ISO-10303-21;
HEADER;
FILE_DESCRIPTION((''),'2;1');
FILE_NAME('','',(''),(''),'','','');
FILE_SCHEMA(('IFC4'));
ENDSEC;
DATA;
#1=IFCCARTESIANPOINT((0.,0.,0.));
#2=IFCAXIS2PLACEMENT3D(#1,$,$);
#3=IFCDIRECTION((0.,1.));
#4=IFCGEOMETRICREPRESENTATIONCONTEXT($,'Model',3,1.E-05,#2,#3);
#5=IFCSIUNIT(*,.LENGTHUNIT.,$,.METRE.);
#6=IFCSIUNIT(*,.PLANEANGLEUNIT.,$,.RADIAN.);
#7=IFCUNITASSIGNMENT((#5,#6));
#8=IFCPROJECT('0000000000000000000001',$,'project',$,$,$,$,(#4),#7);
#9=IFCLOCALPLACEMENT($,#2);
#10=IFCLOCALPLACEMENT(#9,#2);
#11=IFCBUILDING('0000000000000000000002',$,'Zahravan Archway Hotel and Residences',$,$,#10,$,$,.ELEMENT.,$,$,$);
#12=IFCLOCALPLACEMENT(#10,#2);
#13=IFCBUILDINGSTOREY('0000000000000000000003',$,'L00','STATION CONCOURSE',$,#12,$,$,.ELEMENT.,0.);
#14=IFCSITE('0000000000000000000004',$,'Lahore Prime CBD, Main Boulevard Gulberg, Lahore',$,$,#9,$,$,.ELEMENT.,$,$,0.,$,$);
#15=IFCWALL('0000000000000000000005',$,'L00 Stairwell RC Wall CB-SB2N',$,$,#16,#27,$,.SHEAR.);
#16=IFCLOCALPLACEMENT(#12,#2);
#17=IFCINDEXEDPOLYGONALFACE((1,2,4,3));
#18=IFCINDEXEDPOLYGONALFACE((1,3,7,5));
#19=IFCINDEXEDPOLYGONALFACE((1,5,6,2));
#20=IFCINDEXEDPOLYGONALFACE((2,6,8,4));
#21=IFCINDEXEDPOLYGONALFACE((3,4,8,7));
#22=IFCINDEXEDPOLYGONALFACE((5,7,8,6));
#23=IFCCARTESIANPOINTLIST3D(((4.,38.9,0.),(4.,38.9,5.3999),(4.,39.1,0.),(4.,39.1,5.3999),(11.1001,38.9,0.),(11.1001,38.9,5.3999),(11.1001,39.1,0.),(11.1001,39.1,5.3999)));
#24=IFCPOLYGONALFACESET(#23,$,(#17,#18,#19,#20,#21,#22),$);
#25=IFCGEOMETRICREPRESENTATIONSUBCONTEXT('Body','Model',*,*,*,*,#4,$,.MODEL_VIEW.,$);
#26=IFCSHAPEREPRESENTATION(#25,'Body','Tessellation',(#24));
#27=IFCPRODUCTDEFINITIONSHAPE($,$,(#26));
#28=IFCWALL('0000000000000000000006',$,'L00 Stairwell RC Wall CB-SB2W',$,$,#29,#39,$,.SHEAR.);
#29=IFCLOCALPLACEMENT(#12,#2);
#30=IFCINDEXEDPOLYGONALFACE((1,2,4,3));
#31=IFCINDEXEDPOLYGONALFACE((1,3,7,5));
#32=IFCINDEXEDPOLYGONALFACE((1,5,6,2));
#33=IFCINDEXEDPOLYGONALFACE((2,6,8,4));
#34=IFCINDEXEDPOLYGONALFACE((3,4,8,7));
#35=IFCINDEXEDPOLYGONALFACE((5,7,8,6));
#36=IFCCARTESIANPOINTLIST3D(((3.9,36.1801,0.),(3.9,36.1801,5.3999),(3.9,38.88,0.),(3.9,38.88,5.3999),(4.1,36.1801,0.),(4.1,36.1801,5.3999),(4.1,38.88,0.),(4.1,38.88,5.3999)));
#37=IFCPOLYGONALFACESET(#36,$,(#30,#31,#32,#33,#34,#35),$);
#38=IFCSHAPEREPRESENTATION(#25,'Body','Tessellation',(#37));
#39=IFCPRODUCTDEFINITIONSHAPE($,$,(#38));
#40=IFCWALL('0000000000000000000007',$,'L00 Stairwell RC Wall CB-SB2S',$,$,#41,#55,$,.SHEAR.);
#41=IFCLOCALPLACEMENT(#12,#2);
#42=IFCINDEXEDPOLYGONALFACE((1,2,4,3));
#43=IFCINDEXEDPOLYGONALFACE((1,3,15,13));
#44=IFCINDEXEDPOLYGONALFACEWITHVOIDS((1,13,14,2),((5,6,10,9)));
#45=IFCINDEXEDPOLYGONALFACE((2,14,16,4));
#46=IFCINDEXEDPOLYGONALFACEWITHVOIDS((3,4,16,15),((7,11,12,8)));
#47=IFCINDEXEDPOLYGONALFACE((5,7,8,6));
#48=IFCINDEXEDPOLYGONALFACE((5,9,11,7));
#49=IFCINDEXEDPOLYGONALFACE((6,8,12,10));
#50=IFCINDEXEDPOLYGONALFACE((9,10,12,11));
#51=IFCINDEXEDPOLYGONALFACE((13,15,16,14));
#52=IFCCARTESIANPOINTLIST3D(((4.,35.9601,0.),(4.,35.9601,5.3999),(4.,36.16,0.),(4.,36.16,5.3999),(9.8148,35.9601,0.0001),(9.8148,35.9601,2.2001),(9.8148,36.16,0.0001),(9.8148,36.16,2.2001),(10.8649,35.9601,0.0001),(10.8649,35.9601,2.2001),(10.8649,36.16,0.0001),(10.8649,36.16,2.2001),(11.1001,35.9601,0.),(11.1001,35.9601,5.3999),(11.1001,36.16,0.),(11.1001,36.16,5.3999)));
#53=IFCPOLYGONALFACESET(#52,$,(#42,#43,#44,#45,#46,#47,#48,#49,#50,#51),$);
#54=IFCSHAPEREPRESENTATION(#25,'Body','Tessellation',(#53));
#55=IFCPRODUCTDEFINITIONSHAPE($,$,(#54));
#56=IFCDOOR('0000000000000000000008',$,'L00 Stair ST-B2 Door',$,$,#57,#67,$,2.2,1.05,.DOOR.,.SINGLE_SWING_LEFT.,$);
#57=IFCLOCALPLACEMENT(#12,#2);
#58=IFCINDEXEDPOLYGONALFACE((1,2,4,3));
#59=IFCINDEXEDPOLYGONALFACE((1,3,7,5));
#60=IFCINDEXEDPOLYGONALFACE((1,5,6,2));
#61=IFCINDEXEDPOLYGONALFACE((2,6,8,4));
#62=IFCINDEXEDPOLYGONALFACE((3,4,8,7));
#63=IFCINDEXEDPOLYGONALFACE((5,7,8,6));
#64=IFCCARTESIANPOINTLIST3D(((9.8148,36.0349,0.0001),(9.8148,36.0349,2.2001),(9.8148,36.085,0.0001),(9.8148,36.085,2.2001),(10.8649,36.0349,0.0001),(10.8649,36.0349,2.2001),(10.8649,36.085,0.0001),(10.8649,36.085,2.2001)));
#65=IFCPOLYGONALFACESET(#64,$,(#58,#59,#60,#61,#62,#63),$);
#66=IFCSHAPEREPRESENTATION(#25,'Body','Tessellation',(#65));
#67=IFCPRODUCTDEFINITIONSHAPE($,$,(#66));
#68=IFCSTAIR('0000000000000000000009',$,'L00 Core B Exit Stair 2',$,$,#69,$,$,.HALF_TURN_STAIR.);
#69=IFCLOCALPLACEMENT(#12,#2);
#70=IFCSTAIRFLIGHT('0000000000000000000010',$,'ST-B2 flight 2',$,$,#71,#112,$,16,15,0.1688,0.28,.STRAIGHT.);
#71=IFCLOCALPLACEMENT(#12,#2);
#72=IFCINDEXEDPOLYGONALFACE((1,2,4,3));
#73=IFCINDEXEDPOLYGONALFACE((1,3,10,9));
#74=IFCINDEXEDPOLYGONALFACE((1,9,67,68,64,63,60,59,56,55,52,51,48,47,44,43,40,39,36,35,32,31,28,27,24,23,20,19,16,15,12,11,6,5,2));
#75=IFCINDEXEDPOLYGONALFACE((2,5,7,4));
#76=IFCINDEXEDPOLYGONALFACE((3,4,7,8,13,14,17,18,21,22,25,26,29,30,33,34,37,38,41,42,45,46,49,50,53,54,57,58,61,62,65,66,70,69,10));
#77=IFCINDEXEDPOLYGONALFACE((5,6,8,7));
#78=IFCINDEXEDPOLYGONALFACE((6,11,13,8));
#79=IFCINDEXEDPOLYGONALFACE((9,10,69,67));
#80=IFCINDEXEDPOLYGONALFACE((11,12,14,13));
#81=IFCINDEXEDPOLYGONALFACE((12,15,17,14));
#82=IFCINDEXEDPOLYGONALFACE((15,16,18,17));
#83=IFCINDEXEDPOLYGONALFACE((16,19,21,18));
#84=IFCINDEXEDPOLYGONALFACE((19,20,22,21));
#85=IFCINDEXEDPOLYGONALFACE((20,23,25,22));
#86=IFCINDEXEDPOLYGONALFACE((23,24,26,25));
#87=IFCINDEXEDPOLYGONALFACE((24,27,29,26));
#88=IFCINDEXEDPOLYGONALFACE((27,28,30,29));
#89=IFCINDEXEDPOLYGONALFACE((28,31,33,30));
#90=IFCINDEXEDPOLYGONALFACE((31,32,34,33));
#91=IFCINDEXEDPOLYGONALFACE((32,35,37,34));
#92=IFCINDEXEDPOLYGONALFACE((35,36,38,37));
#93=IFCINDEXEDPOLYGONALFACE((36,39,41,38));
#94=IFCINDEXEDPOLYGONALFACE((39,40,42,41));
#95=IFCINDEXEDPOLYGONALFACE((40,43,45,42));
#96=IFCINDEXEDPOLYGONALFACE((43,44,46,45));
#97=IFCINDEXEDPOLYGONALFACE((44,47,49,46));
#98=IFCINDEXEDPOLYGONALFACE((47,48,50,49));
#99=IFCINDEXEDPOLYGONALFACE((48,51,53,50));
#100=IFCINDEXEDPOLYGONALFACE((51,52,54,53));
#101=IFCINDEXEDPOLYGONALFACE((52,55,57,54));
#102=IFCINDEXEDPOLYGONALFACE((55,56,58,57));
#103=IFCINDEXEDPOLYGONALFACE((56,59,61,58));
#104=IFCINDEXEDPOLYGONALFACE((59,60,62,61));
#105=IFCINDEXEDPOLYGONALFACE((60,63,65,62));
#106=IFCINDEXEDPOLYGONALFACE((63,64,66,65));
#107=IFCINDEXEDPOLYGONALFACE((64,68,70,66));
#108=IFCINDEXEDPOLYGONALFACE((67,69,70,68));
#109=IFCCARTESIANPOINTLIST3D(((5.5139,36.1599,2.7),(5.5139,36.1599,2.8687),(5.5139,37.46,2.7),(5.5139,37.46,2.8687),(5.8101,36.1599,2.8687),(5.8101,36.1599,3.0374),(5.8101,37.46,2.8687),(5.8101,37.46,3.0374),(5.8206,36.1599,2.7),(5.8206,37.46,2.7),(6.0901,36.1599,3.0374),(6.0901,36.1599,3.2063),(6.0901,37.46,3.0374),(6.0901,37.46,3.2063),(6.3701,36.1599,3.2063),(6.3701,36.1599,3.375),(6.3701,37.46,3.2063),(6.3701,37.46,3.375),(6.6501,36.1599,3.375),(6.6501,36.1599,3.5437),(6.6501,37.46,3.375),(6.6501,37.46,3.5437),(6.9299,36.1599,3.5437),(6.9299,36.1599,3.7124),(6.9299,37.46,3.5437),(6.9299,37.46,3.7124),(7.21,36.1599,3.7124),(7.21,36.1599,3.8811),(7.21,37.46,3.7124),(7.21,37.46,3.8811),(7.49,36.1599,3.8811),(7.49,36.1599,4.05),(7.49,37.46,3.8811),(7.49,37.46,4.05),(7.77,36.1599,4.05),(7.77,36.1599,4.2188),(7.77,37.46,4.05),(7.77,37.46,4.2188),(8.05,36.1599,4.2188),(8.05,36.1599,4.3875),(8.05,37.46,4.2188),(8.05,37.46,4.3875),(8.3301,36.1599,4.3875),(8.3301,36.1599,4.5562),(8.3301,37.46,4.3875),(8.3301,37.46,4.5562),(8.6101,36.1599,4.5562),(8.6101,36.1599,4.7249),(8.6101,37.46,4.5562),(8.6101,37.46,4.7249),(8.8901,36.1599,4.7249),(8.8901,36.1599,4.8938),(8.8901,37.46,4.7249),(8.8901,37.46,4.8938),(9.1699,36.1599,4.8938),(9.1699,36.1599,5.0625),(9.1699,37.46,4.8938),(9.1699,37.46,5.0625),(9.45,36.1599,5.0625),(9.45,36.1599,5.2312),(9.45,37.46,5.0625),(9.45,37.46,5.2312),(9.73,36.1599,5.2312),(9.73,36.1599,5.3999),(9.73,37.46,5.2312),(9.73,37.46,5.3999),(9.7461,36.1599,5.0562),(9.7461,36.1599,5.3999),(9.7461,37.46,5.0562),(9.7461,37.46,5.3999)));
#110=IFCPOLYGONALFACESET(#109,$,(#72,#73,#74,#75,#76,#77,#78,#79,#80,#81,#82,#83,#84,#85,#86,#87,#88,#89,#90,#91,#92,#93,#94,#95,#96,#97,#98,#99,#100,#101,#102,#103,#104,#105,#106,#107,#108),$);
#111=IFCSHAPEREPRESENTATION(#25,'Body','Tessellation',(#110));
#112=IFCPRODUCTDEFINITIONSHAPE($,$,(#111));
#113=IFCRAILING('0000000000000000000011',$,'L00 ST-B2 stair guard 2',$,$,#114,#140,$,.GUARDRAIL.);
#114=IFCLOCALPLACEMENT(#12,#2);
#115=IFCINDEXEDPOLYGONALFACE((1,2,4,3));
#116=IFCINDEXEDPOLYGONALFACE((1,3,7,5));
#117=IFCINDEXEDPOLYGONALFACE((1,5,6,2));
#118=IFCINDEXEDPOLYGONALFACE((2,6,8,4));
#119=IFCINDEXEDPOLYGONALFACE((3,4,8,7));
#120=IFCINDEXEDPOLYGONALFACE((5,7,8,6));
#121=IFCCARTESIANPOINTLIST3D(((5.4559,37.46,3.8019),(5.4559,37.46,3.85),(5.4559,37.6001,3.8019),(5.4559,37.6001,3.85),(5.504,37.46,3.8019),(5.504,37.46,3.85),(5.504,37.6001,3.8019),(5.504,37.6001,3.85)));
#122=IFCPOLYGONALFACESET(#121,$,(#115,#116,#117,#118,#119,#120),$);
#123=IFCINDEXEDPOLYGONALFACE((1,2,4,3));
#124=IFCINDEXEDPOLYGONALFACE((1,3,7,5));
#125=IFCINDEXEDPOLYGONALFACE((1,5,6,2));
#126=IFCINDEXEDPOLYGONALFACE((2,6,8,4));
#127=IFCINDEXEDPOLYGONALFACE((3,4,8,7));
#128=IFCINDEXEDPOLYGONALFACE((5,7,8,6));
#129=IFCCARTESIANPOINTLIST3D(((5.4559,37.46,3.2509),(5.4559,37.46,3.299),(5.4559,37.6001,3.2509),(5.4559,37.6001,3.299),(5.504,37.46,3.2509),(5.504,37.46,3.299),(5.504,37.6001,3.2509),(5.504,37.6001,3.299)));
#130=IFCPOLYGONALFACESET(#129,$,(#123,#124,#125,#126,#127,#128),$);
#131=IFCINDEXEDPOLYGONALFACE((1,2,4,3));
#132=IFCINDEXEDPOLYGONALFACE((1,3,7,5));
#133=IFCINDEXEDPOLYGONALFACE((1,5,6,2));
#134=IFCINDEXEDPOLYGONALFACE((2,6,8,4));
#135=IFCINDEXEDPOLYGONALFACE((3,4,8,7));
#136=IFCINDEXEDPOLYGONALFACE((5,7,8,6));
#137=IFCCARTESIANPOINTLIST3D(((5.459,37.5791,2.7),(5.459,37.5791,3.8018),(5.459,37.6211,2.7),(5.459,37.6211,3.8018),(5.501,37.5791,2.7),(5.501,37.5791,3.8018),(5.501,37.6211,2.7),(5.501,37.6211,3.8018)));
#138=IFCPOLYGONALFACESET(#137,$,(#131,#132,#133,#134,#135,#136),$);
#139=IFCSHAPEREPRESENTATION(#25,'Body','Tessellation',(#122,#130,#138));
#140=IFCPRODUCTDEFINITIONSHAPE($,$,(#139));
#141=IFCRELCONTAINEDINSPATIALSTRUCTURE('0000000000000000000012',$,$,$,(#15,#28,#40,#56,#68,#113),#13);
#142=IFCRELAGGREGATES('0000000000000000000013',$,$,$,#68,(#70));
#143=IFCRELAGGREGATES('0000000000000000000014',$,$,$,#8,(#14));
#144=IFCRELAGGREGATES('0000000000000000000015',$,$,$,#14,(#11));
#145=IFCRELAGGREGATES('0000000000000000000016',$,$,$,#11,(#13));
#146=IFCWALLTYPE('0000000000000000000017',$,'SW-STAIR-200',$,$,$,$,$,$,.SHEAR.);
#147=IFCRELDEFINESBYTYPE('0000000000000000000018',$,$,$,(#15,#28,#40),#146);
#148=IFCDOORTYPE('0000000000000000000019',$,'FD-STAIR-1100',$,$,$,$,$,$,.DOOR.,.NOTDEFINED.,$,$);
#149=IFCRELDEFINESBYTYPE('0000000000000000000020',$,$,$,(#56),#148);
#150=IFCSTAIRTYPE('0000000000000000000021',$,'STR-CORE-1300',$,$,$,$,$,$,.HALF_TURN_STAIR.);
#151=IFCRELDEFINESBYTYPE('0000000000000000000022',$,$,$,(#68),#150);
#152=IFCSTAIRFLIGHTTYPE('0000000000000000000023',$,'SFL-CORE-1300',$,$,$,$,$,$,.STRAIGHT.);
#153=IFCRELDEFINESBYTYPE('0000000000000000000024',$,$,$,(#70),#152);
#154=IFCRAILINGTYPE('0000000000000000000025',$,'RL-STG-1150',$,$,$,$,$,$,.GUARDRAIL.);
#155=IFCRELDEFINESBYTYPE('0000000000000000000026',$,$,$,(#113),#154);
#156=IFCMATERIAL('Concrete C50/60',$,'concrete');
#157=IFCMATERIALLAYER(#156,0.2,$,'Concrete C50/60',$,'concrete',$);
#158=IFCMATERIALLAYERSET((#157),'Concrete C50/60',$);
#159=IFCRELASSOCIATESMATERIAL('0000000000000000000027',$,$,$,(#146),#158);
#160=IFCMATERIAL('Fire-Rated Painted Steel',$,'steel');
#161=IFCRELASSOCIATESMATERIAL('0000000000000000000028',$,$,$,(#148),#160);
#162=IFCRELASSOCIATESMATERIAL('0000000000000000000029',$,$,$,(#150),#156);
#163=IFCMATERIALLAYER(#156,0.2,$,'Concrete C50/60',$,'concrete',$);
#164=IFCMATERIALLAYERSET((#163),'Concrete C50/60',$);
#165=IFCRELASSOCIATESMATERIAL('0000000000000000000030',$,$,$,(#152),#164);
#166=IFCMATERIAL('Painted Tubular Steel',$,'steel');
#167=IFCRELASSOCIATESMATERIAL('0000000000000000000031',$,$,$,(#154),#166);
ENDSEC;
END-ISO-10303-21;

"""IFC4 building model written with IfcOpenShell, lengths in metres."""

from ifc_helpers import new_model, si_unit, direction, frame, frame_2d, origin, origin_2d, place, context, subcontext, project, spatial, polyline, rectangle, outline, extrude, source, transform, mapped, material, layer, layer_set, type_object, type_shapes, element, fill, aggregate, save


model = new_model("IFC4")

# Units and contexts
model_context = context("Model", 3, precision=1e-05, world=origin(), true_north=direction((0.0, 1.0)))
body_context = subcontext(model_context, "Body", "Model", "MODEL_VIEW")
ifc_project = project(units=[si_unit("LENGTHUNIT", "METRE"), si_unit("PLANEANGLEUNIT", "RADIAN")], contexts=[model_context])

# Site, building, storey
site_placement = place(None, origin())
site = spatial("IfcSite", under=ifc_project, at=site_placement, Name="Lahore Prime CBD, Main Boulevard Gulberg, Lahore", CompositionType="ELEMENT", RefElevation=0.0)
building_placement = place(site_placement, origin())
building = spatial("IfcBuilding", under=site, at=building_placement, Name="Zahravan Archway Hotel and Residences", CompositionType="ELEMENT")
storey_placement = place(building_placement, origin())
storey = spatial("IfcBuildingStorey", under=building, at=storey_placement, Name="L00", Description="STATION CONCOURSE", CompositionType="ELEMENT", Elevation=0.0)

# Walls
ifc_material_1 = material(Name="Concrete C50/60", Category="concrete")
ifc_layer_1 = layer(ifc_material_1, 0.2, Name="Concrete C50/60", Category="concrete")
ifc_layer_set_1 = layer_set([ifc_layer_1], Name="Concrete C50/60")
wall_type_1 = type_object("IfcWallType", Name="SW-STAIR-200", PredefinedType="SHEAR", material=ifc_layer_set_1)
wall_1_placement = place(storey_placement, frame((4.0, 39.0, 0.0), z_axis=(0.0, 0.0, 1.0), x_axis=(1.0, 0.0, 0.0)))
element("IfcWall", 1, at=wall_1_placement, inside=storey, type_object=wall_type_1, Name="L00 Stairwell RC Wall CB-SB2N", PredefinedType="SHEAR", context=body_context, shape_type="SweptSolid", body=[
    extrude(rectangle(XDim=7.1001, YDim=0.2, at=frame_2d((3.55, 0.0))), origin(), (0.0, 0.0, 1.0), 5.3999),
])
wall_2_placement = place(storey_placement, frame((4.0, 36.1799, 0.0), z_axis=(0.0, 0.0, 1.0), x_axis=(0.0, 1.0, 0.0)))
element("IfcWall", 2, at=wall_2_placement, inside=storey, type_object=wall_type_1, Name="L00 Stairwell RC Wall CB-SB2W", PredefinedType="SHEAR", context=body_context, shape_type="SweptSolid", body=[
    extrude(rectangle(XDim=2.7, YDim=0.2, at=frame_2d((1.3501, 0.0))), origin(), (0.0, 0.0, 1.0), 5.3999),
])

# Wall, opening, door
wall_3_placement = place(storey_placement, frame((4.0, 36.0601, 0.0), z_axis=(0.0, 0.0, 1.0), x_axis=(1.0, 0.0, 0.0)))
wall_3 = element("IfcWall", 3, at=wall_3_placement, inside=storey, type_object=wall_type_1, Name="L00 Stairwell RC Wall CB-SB2S", PredefinedType="SHEAR", context=body_context, shape_type="SweptSolid", body=[
    extrude(rectangle(XDim=7.1001, YDim=0.2, at=frame_2d((3.55, 0.0))), origin(), (0.0, 0.0, 1.0), 5.3999),
])
opening_placement = place(wall_3_placement, frame((5.8149, 0.0, 0.0)))
opening = element("IfcOpeningElement", 4, at=opening_placement, cuts=wall_3, PredefinedType="OPENING", context=body_context, shape_type="SweptSolid", body=[
    extrude(rectangle(XDim=1.05, YDim=2.2, at=frame_2d((0.5249, 1.1001))), frame((0.0, 0.1099, 0.0), z_axis=(0.0, -1.0, 0.0), x_axis=(1.0, 0.0, 0.0)), (0.0, 0.0, 1.0), 0.22),
])
ifc_material_2 = material(Name="Fire-Rated Painted Steel", Category="steel")
door_type = type_object("IfcDoorType", Name="FD-STAIR-1100", OperationType="NOTDEFINED", PredefinedType="DOOR", material=ifc_material_2)
shared_shape_1 = source(origin(), body_context, "Body", "SweptSolid", [
    extrude(rectangle(XDim=1.05, YDim=2.2, at=frame_2d((0.5249, 1.1001))), frame((0.0, 0.0249, 0.0), z_axis=(0.0, -1.0, 0.0), x_axis=(1.0, 0.0, 0.0)), (0.0, 0.0, 1.0), 0.05),
])
type_shapes(door_type, [shared_shape_1])
door_placement = place(opening_placement, origin())
door = element("IfcDoor", 5, at=door_placement, inside=storey, type_object=door_type, Name="L00 Stair ST-B2 Door", OperationType="SINGLE_SWING_LEFT", OverallHeight=2.2, OverallWidth=1.05, PredefinedType="DOOR", context=body_context, shape_type="MappedRepresentation", body=[
    mapped(shared_shape_1, transform((0.0, 0.0, 0.0), scale=1.0)),
])
fill(opening, door)

# Stair, stair flight
stair_type = type_object("IfcStairType", Name="STR-CORE-1300", PredefinedType="HALF_TURN_STAIR", material=ifc_material_1)
stair_placement = place(storey_placement, origin())
stair = element("IfcStair", 6, at=stair_placement, inside=storey, type_object=stair_type, Name="L00 Core B Exit Stair 2", PredefinedType="HALF_TURN_STAIR")
ifc_layer_2 = layer(ifc_material_1, 0.2, Name="Concrete C50/60", Category="concrete")
ifc_layer_set_2 = layer_set([ifc_layer_2], Name="Concrete C50/60")
stair_flight_type = type_object("IfcStairFlightType", Name="SFL-CORE-1300", PredefinedType="STRAIGHT", material=ifc_layer_set_2)
shared_shape_2 = source(origin(), body_context, "Body", "SweptSolid", [
    extrude(outline(polyline([(-0.0161, 0.0), (-0.0161, 0.1687), (0.28, 0.1687), (0.28, 0.3374), (0.5601, 0.3374), (0.5601, 0.5063), (0.8401, 0.5063), (0.8401, 0.675), (1.1201, 0.675), (1.1201, 0.8438), (1.3999, 0.8438), (1.3999, 1.0125), (1.6799, 1.0125), (1.6799, 1.1812), (1.96, 1.1812), (1.96, 1.3501), (2.24, 1.3501), (2.24, 1.5188), (2.52, 1.5188), (2.52, 1.6875), (2.8, 1.6875), (2.8, 1.8562), (3.0801, 1.8562), (3.0801, 2.0249), (3.3601, 2.0249), (3.3601, 2.1938), (3.6399, 2.1938), (3.6399, 2.3625), (3.9199, 2.3625), (3.9199, 2.5312), (4.2, 2.5312), (4.2, 2.7), (4.2161, 2.7), (4.2161, 2.3562), (0.2905, 0.0), (-0.0161, 0.0)])), frame((0.0, 0.6499, 0.0), z_axis=(0.0, -1.0, 0.0), x_axis=(1.0, 0.0, 0.0)), (0.0, 0.0, 1.0), 1.3),
])
stair_flight_placement = place(storey_placement, frame((5.53, 36.8101, 2.7), z_axis=(0.0, 0.0, 1.0), x_axis=(1.0, 0.0, 0.0)))
stair_flight = element("IfcStairFlight", 7, at=stair_flight_placement, type_object=stair_flight_type, Name="ST-B2 flight 2", NumberOfRisers=16, NumberOfTreads=15, PredefinedType="STRAIGHT", RiserHeight=0.1688, TreadLength=0.28, context=body_context, shape_type="MappedRepresentation", body=[
    mapped(shared_shape_2, transform((0.0, 0.0, 0.0), scale=1.0)),
])
aggregate(stair, [stair_flight])

# Railing
ifc_material_3 = material(Name="Painted Tubular Steel", Category="steel")
railing_type_1 = type_object("IfcRailingType", Name="RL-STG-1150", PredefinedType="GUARDRAIL", material=ifc_material_3)
railing_1_placement = place(storey_placement, frame((5.48, 37.6001, 2.7)))
element("IfcRailing", 8, at=railing_1_placement, inside=storey, type_object=railing_type_1, Name="L00 ST-B2 stair guard 2", PredefinedType="GUARDRAIL", context=body_context, shape_type="SweptSolid", body=[
    extrude(rectangle(XDim=0.0481, YDim=0.0481, at=origin_2d()), frame((0.0, 0.0, 1.126), z_axis=(0.0, -1.0, 0.0), x_axis=(1.0, 0.0, 0.0)), (0.0, 0.0, 1.0), 0.1401),
    extrude(rectangle(XDim=0.0481, YDim=0.0481, at=origin_2d()), frame((0.0, 0.0, 0.575), z_axis=(0.0, -1.0, 0.0), x_axis=(1.0, 0.0, 0.0)), (0.0, 0.0, 1.0), 0.1401),
    extrude(rectangle(XDim=0.042, YDim=0.042, at=origin_2d()), origin(), (0.0, 0.0, 1.0), 1.1018),
])

save(model, "model.ifc")
